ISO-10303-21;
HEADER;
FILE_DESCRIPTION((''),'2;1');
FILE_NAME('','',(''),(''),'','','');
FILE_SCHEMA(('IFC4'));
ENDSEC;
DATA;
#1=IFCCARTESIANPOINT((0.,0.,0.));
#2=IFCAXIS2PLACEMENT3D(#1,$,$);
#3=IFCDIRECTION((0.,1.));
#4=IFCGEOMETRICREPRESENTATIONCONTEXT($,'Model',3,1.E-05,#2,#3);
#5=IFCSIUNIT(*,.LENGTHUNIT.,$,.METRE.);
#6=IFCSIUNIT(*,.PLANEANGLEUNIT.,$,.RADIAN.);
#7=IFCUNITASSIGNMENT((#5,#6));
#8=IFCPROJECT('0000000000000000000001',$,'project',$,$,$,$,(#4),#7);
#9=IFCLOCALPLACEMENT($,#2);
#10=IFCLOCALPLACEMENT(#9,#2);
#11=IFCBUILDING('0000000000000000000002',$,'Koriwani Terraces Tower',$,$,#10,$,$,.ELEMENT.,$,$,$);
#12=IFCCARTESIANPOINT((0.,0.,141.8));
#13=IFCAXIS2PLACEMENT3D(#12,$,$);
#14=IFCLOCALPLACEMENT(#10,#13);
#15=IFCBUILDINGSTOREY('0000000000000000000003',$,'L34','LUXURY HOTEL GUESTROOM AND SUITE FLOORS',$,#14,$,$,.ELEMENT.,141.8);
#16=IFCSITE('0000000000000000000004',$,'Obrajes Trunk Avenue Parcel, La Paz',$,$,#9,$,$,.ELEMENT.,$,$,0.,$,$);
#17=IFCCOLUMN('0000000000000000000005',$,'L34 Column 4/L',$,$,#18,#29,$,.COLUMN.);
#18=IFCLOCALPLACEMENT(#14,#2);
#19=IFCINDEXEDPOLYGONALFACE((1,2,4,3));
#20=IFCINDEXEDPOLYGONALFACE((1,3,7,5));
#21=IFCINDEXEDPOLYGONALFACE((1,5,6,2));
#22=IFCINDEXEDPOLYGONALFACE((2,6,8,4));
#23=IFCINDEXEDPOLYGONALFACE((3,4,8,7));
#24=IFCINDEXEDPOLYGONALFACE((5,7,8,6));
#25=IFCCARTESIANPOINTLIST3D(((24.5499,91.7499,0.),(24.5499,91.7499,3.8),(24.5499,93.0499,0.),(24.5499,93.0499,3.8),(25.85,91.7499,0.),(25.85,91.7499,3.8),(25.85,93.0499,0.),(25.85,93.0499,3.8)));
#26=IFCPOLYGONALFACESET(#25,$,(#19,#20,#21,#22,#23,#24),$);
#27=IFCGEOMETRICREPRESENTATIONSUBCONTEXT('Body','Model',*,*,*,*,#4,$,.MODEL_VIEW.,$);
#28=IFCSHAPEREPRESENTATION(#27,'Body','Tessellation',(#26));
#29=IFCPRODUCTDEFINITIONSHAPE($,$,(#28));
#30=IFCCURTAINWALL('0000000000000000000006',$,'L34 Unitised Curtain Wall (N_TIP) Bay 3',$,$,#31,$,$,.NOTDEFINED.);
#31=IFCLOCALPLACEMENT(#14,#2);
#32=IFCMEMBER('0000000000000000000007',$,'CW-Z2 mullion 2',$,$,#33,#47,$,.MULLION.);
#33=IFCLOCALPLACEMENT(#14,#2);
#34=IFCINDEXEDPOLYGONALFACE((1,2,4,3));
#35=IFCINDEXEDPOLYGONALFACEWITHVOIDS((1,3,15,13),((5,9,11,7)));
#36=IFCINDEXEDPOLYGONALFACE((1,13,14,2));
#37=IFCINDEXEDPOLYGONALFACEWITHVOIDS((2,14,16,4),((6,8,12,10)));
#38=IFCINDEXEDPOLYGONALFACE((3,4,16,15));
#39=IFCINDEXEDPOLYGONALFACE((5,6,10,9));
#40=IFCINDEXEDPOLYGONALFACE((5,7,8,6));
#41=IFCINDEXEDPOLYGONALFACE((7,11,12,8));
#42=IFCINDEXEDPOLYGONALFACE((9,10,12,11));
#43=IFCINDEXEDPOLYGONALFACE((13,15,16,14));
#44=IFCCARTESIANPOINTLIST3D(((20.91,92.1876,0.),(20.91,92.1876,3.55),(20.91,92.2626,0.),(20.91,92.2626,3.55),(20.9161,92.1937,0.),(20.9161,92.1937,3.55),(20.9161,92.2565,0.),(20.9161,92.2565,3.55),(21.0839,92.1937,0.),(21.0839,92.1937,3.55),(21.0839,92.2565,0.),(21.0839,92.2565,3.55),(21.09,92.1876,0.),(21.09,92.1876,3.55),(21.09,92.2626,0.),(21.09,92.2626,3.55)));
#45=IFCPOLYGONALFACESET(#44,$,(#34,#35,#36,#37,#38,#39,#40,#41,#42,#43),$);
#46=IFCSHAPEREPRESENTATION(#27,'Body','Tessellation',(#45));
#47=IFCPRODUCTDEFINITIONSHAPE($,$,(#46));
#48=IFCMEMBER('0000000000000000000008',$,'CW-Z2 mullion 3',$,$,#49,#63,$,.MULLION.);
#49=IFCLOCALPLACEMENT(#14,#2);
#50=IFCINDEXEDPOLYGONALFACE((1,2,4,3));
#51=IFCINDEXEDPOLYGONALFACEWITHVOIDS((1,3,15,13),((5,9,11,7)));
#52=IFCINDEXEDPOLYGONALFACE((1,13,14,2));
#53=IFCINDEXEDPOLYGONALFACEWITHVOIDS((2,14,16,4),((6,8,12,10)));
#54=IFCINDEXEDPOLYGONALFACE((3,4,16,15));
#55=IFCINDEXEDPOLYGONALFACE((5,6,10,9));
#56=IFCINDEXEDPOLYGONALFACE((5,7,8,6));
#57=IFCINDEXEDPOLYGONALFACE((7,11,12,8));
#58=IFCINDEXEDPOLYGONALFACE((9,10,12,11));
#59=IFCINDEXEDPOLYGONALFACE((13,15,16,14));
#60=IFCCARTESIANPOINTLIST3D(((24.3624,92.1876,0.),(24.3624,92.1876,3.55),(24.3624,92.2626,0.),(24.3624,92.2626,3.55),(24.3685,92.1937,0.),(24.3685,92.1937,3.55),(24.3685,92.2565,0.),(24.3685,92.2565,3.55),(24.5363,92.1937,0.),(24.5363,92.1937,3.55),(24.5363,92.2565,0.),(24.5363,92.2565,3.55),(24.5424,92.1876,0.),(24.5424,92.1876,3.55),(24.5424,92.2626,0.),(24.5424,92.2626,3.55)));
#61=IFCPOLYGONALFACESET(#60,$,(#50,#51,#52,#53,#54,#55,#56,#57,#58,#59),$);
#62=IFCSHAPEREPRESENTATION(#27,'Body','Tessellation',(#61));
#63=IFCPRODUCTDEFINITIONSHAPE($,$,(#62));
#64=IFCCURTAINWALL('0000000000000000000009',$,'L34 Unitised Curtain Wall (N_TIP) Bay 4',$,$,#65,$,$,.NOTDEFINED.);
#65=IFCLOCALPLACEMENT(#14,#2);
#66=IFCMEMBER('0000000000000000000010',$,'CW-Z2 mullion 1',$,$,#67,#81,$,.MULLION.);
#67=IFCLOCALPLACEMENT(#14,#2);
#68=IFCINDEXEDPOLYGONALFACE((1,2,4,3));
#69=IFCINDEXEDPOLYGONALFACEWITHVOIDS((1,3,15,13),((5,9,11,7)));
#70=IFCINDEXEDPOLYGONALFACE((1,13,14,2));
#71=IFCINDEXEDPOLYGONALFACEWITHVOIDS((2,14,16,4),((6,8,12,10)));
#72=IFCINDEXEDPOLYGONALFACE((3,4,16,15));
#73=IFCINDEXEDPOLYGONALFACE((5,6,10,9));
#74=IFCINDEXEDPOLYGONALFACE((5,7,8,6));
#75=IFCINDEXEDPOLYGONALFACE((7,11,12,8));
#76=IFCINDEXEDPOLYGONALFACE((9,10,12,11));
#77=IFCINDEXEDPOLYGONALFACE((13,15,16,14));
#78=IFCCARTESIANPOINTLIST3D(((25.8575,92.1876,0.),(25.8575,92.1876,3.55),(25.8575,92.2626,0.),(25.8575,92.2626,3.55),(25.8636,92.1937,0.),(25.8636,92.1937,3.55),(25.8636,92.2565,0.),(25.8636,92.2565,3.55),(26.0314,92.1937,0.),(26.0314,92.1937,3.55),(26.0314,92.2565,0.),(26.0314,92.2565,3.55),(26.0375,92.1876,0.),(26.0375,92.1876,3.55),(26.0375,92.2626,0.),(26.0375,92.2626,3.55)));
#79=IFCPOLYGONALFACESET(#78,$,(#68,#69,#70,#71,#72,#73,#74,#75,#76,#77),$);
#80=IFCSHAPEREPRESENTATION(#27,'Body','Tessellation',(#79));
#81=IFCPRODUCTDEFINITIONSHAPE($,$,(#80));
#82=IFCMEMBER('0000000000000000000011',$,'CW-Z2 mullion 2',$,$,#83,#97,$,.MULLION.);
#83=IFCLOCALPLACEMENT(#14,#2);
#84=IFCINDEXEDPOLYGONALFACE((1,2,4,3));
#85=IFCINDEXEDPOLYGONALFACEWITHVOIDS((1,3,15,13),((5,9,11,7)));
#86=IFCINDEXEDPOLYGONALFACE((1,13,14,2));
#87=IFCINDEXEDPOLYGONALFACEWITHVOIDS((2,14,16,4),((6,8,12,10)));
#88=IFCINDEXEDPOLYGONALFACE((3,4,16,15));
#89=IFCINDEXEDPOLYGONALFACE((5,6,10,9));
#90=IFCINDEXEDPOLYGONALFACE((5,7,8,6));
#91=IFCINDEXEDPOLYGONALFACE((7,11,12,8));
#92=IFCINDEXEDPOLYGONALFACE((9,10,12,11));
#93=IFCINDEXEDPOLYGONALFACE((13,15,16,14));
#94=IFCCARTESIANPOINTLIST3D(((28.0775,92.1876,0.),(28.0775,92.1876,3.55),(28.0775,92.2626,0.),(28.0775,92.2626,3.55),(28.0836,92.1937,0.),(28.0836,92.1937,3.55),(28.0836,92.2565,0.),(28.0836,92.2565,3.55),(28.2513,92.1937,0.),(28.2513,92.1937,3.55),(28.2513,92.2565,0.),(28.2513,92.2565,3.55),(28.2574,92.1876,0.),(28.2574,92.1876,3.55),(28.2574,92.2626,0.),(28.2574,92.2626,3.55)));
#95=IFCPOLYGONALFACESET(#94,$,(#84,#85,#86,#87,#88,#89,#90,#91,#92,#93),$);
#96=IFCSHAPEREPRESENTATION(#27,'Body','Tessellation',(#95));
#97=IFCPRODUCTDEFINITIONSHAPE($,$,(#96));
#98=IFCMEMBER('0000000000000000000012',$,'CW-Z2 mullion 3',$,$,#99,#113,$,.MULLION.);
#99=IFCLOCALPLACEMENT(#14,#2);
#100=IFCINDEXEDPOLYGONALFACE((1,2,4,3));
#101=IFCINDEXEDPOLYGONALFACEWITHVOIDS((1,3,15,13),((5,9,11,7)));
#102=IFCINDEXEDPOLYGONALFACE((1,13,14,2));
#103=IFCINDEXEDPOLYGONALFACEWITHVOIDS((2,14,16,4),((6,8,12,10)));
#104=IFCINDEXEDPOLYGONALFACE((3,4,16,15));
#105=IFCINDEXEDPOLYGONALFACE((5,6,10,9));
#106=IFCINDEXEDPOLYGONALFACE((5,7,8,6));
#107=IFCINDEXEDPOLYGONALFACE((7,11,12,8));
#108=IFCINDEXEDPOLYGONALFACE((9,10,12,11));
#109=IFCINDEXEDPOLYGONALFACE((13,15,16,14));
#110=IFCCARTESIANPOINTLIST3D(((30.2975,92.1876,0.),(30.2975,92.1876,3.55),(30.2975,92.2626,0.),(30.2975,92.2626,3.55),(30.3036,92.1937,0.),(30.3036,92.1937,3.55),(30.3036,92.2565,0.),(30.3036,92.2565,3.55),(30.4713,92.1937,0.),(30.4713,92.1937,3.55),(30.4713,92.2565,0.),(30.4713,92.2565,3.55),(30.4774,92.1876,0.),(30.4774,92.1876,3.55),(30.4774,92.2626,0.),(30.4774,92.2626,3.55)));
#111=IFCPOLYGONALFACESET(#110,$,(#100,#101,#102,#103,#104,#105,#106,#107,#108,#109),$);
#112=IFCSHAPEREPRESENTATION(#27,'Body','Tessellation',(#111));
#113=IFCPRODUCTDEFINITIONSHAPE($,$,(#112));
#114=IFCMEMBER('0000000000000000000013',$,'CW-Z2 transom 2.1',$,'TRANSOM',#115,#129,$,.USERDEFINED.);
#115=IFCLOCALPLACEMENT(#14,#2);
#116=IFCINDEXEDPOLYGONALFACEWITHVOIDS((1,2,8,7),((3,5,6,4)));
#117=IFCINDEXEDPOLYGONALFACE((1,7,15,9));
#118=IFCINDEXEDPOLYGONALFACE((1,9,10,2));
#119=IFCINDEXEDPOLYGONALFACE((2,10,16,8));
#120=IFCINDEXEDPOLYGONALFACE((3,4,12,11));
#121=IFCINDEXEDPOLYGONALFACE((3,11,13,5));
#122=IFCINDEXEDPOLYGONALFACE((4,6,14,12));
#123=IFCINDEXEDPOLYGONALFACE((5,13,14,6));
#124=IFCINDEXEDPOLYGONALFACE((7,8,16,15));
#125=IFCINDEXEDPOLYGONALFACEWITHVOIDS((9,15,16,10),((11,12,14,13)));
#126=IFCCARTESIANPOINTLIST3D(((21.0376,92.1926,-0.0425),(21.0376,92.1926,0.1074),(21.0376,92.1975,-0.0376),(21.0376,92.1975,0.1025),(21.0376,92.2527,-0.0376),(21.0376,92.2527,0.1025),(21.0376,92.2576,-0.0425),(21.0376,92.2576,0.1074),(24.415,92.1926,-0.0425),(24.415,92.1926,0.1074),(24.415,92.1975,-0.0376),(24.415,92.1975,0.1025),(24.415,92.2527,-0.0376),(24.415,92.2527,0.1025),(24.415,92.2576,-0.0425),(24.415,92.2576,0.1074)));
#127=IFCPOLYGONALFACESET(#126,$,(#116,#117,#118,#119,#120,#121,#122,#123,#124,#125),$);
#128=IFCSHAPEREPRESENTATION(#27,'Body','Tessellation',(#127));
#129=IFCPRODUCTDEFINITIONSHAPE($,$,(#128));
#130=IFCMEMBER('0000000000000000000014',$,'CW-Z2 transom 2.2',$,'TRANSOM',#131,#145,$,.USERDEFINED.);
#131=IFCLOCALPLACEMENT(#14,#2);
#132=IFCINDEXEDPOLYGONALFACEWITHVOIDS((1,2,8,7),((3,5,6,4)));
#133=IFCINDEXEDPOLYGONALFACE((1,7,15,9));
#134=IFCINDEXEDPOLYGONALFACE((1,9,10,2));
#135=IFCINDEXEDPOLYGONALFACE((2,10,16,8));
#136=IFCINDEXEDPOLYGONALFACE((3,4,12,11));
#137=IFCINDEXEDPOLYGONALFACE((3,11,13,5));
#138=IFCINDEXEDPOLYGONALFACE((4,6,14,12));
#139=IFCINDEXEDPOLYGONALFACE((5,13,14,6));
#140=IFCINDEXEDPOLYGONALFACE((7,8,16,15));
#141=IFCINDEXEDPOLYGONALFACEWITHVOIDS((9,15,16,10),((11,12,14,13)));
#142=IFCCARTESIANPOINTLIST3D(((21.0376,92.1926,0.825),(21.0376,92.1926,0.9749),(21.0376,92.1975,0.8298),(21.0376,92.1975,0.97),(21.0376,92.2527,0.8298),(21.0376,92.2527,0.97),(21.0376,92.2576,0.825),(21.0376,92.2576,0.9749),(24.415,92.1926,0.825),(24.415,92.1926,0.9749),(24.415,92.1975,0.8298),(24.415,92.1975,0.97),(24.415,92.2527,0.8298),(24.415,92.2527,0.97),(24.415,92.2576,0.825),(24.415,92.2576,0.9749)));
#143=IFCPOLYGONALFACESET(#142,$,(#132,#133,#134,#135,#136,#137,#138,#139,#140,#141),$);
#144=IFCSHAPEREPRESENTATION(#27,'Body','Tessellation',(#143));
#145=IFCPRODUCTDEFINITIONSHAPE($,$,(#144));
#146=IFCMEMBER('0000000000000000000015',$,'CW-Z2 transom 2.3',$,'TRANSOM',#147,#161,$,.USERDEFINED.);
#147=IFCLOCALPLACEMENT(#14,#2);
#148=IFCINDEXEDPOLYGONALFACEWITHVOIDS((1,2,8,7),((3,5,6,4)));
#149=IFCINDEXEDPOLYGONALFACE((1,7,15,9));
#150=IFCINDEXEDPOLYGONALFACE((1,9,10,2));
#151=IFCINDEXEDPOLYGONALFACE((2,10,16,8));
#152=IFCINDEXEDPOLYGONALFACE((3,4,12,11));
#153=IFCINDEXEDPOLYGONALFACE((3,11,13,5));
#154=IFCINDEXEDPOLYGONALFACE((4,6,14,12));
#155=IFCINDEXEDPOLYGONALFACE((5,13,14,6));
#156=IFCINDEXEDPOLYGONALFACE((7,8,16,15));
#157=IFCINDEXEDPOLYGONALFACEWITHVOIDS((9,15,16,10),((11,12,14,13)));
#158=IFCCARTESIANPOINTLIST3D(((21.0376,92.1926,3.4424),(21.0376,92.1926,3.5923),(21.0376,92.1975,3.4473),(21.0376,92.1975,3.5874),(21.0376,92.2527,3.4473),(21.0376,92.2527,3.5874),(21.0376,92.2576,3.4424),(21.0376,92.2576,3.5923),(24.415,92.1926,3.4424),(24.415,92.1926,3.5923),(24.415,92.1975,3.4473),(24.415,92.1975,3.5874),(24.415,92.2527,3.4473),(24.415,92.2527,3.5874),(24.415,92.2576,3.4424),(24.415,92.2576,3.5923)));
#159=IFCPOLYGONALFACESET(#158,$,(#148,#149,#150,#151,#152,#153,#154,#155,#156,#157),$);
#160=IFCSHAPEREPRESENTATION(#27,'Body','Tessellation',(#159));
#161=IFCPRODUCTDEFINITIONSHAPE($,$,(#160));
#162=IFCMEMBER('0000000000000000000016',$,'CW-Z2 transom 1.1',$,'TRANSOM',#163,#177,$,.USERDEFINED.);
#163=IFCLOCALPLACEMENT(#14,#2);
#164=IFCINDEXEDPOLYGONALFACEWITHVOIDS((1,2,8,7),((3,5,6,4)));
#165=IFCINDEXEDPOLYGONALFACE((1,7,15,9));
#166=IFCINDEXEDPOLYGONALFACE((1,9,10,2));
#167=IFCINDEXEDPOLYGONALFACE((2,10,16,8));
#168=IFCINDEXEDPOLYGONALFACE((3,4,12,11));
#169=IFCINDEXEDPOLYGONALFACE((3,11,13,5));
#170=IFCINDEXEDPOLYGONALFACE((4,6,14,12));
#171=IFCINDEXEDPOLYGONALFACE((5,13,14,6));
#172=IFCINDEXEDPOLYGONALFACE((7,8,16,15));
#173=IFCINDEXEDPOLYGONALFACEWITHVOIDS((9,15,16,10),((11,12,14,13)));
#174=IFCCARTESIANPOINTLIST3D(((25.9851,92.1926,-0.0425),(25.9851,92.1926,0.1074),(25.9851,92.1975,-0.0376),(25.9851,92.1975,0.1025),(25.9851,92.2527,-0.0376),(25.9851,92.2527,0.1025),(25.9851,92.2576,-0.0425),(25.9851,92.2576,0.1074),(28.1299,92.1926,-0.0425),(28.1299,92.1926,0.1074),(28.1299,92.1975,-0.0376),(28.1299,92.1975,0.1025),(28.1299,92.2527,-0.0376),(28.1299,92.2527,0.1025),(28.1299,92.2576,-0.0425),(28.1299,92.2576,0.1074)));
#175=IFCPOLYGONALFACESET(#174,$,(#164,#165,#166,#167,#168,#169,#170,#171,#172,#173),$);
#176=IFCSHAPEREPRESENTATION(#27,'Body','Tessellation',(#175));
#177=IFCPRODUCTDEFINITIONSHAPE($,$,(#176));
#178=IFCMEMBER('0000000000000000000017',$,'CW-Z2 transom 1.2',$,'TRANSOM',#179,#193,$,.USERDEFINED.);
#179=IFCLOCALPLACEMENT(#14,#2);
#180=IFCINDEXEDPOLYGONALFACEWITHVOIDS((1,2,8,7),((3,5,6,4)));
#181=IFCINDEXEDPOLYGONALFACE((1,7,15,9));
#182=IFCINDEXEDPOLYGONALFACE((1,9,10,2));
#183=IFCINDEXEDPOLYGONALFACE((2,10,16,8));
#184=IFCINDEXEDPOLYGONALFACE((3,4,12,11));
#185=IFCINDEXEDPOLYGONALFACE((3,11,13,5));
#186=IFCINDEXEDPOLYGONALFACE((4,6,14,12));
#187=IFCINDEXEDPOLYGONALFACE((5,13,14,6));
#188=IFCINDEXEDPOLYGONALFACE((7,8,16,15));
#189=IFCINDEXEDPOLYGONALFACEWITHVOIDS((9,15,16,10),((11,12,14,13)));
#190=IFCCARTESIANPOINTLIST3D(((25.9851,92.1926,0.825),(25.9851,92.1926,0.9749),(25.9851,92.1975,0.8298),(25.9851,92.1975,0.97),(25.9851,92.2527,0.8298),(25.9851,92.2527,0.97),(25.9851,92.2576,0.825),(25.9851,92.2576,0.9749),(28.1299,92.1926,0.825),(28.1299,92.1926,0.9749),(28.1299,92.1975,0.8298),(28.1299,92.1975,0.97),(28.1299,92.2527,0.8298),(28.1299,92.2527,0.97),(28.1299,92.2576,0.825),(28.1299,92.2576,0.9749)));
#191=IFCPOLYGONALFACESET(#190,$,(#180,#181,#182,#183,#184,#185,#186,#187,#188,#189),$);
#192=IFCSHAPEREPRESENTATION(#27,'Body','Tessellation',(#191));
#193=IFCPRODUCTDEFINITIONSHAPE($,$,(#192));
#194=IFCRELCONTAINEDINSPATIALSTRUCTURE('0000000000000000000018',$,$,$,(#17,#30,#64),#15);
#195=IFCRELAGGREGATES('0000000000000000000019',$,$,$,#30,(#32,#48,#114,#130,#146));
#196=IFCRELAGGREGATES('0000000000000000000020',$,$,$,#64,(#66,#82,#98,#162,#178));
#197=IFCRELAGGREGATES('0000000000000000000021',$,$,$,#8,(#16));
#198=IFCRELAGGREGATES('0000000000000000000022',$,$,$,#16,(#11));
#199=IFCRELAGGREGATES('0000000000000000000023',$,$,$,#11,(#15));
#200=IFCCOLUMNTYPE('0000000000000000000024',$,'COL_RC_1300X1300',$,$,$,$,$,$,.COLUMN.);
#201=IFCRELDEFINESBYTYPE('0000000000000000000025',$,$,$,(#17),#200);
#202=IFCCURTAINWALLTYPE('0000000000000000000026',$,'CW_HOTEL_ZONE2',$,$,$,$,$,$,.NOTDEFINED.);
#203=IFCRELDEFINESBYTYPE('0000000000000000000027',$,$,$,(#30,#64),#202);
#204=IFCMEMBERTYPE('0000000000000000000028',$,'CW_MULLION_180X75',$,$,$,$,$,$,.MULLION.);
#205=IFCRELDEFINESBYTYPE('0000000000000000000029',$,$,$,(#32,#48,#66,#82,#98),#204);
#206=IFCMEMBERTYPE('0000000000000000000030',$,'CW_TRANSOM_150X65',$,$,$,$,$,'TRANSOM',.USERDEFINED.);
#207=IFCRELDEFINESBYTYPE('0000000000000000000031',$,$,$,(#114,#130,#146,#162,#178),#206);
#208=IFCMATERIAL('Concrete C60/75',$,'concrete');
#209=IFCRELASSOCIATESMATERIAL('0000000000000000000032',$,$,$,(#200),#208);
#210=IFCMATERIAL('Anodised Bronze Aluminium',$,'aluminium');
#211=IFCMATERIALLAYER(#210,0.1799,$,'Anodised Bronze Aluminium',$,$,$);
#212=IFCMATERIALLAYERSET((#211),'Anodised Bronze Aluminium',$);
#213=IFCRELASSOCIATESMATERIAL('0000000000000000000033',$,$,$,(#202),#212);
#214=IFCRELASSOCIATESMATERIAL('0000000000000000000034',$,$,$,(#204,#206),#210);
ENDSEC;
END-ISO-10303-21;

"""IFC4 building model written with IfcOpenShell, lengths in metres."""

from ifc_helpers import new_model, si_unit, direction, frame, origin, origin_2d, place, context, subcontext, project, spatial, rectangle, hollow_rectangle, extrude, material, layer, layer_set, material_profile, profile_set, type_object, element, aggregate, save


model = new_model("IFC4")

# Units and contexts
model_context = context("Model", 3, precision=1e-05, world=origin(), true_north=direction((0.0, 1.0)))
body_context = subcontext(model_context, "Body", "Model", "MODEL_VIEW")
ifc_project = project(units=[si_unit("LENGTHUNIT", "METRE"), si_unit("PLANEANGLEUNIT", "RADIAN")], contexts=[model_context])

# Site, building, storey
site_placement = place(None, origin())
site = spatial("IfcSite", under=ifc_project, at=site_placement, Name="Obrajes Trunk Avenue Parcel, La Paz", CompositionType="ELEMENT", RefElevation=0.0)
building_placement = place(site_placement, origin())
building = spatial("IfcBuilding", under=site, at=building_placement, Name="Koriwani Terraces Tower", CompositionType="ELEMENT")
storey_placement = place(building_placement, frame((0.0, 0.0, 141.8)))
storey = spatial("IfcBuildingStorey", under=building, at=storey_placement, Name="L34", Description="LUXURY HOTEL GUESTROOM AND SUITE FLOORS", CompositionType="ELEMENT", Elevation=141.8)

# Column
ifc_material_1 = material(Name="Concrete C60/75", Category="concrete")
ifc_material_profile_1 = material_profile(ifc_material_1, rectangle(XDim=1.3, YDim=1.3, at=origin_2d()), Name="Concrete C60/75", Category="LoadBearing")
ifc_profile_set_1 = profile_set([ifc_material_profile_1], Name="Concrete C60/75")
column_type = type_object("IfcColumnType", Name="COL_RC_1300X1300", PredefinedType="COLUMN", material=ifc_profile_set_1)
column_placement = place(storey_placement, frame((25.2, 92.3999, 0.0), z_axis=(0.0, 0.0, 1.0), x_axis=(1.0, 0.0, 0.0)))
element("IfcColumn", 1, at=column_placement, inside=storey, type_object=column_type, Name="L34 Column 4/L", PredefinedType="COLUMN", context=body_context, shape_type="SweptSolid", body=[
    extrude(rectangle(XDim=1.3, YDim=1.3, at=origin_2d()), origin(), (0.0, 0.0, 1.0), 3.8),
])

# Curtain walls, members
ifc_material_2 = material(Name="Anodised Bronze Aluminium", Category="aluminium")
ifc_layer_1 = layer(ifc_material_2, 0.1799, Name="Anodised Bronze Aluminium")
ifc_layer_set_1 = layer_set([ifc_layer_1], Name="Anodised Bronze Aluminium")
curtain_wall_type = type_object("IfcCurtainWallType", Name="CW_HOTEL_ZONE2", PredefinedType="NOTDEFINED", material=ifc_layer_set_1)
curtain_wall_1_placement = place(storey_placement, origin())
curtain_wall_1 = element("IfcCurtainWall", 2, at=curtain_wall_1_placement, inside=storey, type_object=curtain_wall_type, Name="L34 Unitised Curtain Wall (N_TIP) Bay 3", PredefinedType="NOTDEFINED")
ifc_material_profile_2 = material_profile(ifc_material_2, hollow_rectangle(XDim=0.075, YDim=0.1799, WallThickness=0.0061, at=origin_2d()), Name="Anodised Bronze Aluminium", Category="LoadBearing")
ifc_profile_set_2 = profile_set([ifc_material_profile_2], Name="Anodised Bronze Aluminium")
member_type_1 = type_object("IfcMemberType", Name="CW_MULLION_180X75", PredefinedType="MULLION", material=ifc_profile_set_2)
member_1_placement = place(storey_placement, frame((21.0, 92.2251, 0.0), z_axis=(0.0, 0.0, 1.0), x_axis=(0.0, 1.0, 0.0)))
member_1 = element("IfcMember", 3, at=member_1_placement, type_object=member_type_1, Name="CW-Z2 mullion 2", PredefinedType="MULLION", context=body_context, shape_type="SweptSolid", body=[
    extrude(hollow_rectangle(XDim=0.075, YDim=0.1799, WallThickness=0.0061, at=origin_2d()), origin(), (0.0, 0.0, 1.0), 3.55),
])
member_2_placement = place(storey_placement, frame((24.4524, 92.2251, 0.0), z_axis=(0.0, 0.0, 1.0), x_axis=(0.0, 1.0, 0.0)))
member_2 = element("IfcMember", 4, at=member_2_placement, type_object=member_type_1, Name="CW-Z2 mullion 3", PredefinedType="MULLION", context=body_context, shape_type="SweptSolid", body=[
    extrude(hollow_rectangle(XDim=0.075, YDim=0.1799, WallThickness=0.0061, at=origin_2d()), origin(), (0.0, 0.0, 1.0), 3.55),
])
curtain_wall_2_placement = place(storey_placement, origin())
curtain_wall_2 = element("IfcCurtainWall", 5, at=curtain_wall_2_placement, inside=storey, type_object=curtain_wall_type, Name="L34 Unitised Curtain Wall (N_TIP) Bay 4", PredefinedType="NOTDEFINED")
member_3_placement = place(storey_placement, frame((25.9475, 92.2251, 0.0), z_axis=(0.0, 0.0, 1.0), x_axis=(0.0, 1.0, 0.0)))
member_3 = element("IfcMember", 6, at=member_3_placement, type_object=member_type_1, Name="CW-Z2 mullion 1", PredefinedType="MULLION", context=body_context, shape_type="SweptSolid", body=[
    extrude(hollow_rectangle(XDim=0.075, YDim=0.1799, WallThickness=0.0061, at=origin_2d()), origin(), (0.0, 0.0, 1.0), 3.55),
])
member_4_placement = place(storey_placement, frame((28.1675, 92.2251, 0.0), z_axis=(0.0, 0.0, 1.0), x_axis=(0.0, 1.0, 0.0)))
member_4 = element("IfcMember", 7, at=member_4_placement, type_object=member_type_1, Name="CW-Z2 mullion 2", PredefinedType="MULLION", context=body_context, shape_type="SweptSolid", body=[
    extrude(hollow_rectangle(XDim=0.075, YDim=0.1799, WallThickness=0.0061, at=origin_2d()), origin(), (0.0, 0.0, 1.0), 3.55),
])
member_5_placement = place(storey_placement, frame((30.3875, 92.2251, 0.0), z_axis=(0.0, 0.0, 1.0), x_axis=(0.0, 1.0, 0.0)))
member_5 = element("IfcMember", 8, at=member_5_placement, type_object=member_type_1, Name="CW-Z2 mullion 3", PredefinedType="MULLION", context=body_context, shape_type="SweptSolid", body=[
    extrude(hollow_rectangle(XDim=0.075, YDim=0.1799, WallThickness=0.0061, at=origin_2d()), origin(), (0.0, 0.0, 1.0), 3.55),
])

# Members
ifc_material_profile_3 = material_profile(ifc_material_2, hollow_rectangle(XDim=0.0649, YDim=0.1499, WallThickness=0.0049, at=origin_2d()), Name="Anodised Bronze Aluminium", Category="LoadBearing")
ifc_profile_set_3 = profile_set([ifc_material_profile_3], Name="Anodised Bronze Aluminium")
member_type_2 = type_object("IfcMemberType", Name="CW_TRANSOM_150X65", ElementType="TRANSOM", PredefinedType="USERDEFINED", material=ifc_profile_set_3)
member_6_placement = place(storey_placement, frame((21.0376, 92.2251, 0.0325), z_axis=(1.0, 0.0, 0.0), x_axis=(0.0, 1.0, 0.0)))
member_6 = element("IfcMember", 9, at=member_6_placement, type_object=member_type_2, Name="CW-Z2 transom 2.1", ObjectType="TRANSOM", PredefinedType="USERDEFINED", context=body_context, shape_type="SweptSolid", body=[
    extrude(hollow_rectangle(XDim=0.0649, YDim=0.1499, WallThickness=0.0049, at=origin_2d()), origin(), (0.0, 0.0, 1.0), 3.3774),
])
member_7_placement = place(storey_placement, frame((21.0376, 92.2251, 0.8999), z_axis=(1.0, 0.0, 0.0), x_axis=(0.0, 1.0, 0.0)))
member_7 = element("IfcMember", 10, at=member_7_placement, type_object=member_type_2, Name="CW-Z2 transom 2.2", ObjectType="TRANSOM", PredefinedType="USERDEFINED", context=body_context, shape_type="SweptSolid", body=[
    extrude(hollow_rectangle(XDim=0.0649, YDim=0.1499, WallThickness=0.0049, at=origin_2d()), origin(), (0.0, 0.0, 1.0), 3.3774),
])
member_8_placement = place(storey_placement, frame((21.0376, 92.2251, 3.5173), z_axis=(1.0, 0.0, 0.0), x_axis=(0.0, 1.0, 0.0)))
member_8 = element("IfcMember", 11, at=member_8_placement, type_object=member_type_2, Name="CW-Z2 transom 2.3", ObjectType="TRANSOM", PredefinedType="USERDEFINED", context=body_context, shape_type="SweptSolid", body=[
    extrude(hollow_rectangle(XDim=0.0649, YDim=0.1499, WallThickness=0.0049, at=origin_2d()), origin(), (0.0, 0.0, 1.0), 3.3774),
])
member_9_placement = place(storey_placement, frame((25.9851, 92.2251, 0.0325), z_axis=(1.0, 0.0, 0.0), x_axis=(0.0, 1.0, 0.0)))
member_9 = element("IfcMember", 12, at=member_9_placement, type_object=member_type_2, Name="CW-Z2 transom 1.1", ObjectType="TRANSOM", PredefinedType="USERDEFINED", context=body_context, shape_type="SweptSolid", body=[
    extrude(hollow_rectangle(XDim=0.0649, YDim=0.1499, WallThickness=0.0049, at=origin_2d()), origin(), (0.0, 0.0, 1.0), 2.1448),
])
member_10_placement = place(storey_placement, frame((25.9851, 92.2251, 0.8999), z_axis=(1.0, 0.0, 0.0), x_axis=(0.0, 1.0, 0.0)))
member_10 = element("IfcMember", 13, at=member_10_placement, type_object=member_type_2, Name="CW-Z2 transom 1.2", ObjectType="TRANSOM", PredefinedType="USERDEFINED", context=body_context, shape_type="SweptSolid", body=[
    extrude(hollow_rectangle(XDim=0.0649, YDim=0.1499, WallThickness=0.0049, at=origin_2d()), origin(), (0.0, 0.0, 1.0), 2.1448),
])

aggregate(curtain_wall_1, [member_1, member_2, member_6, member_7, member_8])
aggregate(curtain_wall_2, [member_3, member_4, member_5, member_9, member_10])

save(model, "model.ifc")
